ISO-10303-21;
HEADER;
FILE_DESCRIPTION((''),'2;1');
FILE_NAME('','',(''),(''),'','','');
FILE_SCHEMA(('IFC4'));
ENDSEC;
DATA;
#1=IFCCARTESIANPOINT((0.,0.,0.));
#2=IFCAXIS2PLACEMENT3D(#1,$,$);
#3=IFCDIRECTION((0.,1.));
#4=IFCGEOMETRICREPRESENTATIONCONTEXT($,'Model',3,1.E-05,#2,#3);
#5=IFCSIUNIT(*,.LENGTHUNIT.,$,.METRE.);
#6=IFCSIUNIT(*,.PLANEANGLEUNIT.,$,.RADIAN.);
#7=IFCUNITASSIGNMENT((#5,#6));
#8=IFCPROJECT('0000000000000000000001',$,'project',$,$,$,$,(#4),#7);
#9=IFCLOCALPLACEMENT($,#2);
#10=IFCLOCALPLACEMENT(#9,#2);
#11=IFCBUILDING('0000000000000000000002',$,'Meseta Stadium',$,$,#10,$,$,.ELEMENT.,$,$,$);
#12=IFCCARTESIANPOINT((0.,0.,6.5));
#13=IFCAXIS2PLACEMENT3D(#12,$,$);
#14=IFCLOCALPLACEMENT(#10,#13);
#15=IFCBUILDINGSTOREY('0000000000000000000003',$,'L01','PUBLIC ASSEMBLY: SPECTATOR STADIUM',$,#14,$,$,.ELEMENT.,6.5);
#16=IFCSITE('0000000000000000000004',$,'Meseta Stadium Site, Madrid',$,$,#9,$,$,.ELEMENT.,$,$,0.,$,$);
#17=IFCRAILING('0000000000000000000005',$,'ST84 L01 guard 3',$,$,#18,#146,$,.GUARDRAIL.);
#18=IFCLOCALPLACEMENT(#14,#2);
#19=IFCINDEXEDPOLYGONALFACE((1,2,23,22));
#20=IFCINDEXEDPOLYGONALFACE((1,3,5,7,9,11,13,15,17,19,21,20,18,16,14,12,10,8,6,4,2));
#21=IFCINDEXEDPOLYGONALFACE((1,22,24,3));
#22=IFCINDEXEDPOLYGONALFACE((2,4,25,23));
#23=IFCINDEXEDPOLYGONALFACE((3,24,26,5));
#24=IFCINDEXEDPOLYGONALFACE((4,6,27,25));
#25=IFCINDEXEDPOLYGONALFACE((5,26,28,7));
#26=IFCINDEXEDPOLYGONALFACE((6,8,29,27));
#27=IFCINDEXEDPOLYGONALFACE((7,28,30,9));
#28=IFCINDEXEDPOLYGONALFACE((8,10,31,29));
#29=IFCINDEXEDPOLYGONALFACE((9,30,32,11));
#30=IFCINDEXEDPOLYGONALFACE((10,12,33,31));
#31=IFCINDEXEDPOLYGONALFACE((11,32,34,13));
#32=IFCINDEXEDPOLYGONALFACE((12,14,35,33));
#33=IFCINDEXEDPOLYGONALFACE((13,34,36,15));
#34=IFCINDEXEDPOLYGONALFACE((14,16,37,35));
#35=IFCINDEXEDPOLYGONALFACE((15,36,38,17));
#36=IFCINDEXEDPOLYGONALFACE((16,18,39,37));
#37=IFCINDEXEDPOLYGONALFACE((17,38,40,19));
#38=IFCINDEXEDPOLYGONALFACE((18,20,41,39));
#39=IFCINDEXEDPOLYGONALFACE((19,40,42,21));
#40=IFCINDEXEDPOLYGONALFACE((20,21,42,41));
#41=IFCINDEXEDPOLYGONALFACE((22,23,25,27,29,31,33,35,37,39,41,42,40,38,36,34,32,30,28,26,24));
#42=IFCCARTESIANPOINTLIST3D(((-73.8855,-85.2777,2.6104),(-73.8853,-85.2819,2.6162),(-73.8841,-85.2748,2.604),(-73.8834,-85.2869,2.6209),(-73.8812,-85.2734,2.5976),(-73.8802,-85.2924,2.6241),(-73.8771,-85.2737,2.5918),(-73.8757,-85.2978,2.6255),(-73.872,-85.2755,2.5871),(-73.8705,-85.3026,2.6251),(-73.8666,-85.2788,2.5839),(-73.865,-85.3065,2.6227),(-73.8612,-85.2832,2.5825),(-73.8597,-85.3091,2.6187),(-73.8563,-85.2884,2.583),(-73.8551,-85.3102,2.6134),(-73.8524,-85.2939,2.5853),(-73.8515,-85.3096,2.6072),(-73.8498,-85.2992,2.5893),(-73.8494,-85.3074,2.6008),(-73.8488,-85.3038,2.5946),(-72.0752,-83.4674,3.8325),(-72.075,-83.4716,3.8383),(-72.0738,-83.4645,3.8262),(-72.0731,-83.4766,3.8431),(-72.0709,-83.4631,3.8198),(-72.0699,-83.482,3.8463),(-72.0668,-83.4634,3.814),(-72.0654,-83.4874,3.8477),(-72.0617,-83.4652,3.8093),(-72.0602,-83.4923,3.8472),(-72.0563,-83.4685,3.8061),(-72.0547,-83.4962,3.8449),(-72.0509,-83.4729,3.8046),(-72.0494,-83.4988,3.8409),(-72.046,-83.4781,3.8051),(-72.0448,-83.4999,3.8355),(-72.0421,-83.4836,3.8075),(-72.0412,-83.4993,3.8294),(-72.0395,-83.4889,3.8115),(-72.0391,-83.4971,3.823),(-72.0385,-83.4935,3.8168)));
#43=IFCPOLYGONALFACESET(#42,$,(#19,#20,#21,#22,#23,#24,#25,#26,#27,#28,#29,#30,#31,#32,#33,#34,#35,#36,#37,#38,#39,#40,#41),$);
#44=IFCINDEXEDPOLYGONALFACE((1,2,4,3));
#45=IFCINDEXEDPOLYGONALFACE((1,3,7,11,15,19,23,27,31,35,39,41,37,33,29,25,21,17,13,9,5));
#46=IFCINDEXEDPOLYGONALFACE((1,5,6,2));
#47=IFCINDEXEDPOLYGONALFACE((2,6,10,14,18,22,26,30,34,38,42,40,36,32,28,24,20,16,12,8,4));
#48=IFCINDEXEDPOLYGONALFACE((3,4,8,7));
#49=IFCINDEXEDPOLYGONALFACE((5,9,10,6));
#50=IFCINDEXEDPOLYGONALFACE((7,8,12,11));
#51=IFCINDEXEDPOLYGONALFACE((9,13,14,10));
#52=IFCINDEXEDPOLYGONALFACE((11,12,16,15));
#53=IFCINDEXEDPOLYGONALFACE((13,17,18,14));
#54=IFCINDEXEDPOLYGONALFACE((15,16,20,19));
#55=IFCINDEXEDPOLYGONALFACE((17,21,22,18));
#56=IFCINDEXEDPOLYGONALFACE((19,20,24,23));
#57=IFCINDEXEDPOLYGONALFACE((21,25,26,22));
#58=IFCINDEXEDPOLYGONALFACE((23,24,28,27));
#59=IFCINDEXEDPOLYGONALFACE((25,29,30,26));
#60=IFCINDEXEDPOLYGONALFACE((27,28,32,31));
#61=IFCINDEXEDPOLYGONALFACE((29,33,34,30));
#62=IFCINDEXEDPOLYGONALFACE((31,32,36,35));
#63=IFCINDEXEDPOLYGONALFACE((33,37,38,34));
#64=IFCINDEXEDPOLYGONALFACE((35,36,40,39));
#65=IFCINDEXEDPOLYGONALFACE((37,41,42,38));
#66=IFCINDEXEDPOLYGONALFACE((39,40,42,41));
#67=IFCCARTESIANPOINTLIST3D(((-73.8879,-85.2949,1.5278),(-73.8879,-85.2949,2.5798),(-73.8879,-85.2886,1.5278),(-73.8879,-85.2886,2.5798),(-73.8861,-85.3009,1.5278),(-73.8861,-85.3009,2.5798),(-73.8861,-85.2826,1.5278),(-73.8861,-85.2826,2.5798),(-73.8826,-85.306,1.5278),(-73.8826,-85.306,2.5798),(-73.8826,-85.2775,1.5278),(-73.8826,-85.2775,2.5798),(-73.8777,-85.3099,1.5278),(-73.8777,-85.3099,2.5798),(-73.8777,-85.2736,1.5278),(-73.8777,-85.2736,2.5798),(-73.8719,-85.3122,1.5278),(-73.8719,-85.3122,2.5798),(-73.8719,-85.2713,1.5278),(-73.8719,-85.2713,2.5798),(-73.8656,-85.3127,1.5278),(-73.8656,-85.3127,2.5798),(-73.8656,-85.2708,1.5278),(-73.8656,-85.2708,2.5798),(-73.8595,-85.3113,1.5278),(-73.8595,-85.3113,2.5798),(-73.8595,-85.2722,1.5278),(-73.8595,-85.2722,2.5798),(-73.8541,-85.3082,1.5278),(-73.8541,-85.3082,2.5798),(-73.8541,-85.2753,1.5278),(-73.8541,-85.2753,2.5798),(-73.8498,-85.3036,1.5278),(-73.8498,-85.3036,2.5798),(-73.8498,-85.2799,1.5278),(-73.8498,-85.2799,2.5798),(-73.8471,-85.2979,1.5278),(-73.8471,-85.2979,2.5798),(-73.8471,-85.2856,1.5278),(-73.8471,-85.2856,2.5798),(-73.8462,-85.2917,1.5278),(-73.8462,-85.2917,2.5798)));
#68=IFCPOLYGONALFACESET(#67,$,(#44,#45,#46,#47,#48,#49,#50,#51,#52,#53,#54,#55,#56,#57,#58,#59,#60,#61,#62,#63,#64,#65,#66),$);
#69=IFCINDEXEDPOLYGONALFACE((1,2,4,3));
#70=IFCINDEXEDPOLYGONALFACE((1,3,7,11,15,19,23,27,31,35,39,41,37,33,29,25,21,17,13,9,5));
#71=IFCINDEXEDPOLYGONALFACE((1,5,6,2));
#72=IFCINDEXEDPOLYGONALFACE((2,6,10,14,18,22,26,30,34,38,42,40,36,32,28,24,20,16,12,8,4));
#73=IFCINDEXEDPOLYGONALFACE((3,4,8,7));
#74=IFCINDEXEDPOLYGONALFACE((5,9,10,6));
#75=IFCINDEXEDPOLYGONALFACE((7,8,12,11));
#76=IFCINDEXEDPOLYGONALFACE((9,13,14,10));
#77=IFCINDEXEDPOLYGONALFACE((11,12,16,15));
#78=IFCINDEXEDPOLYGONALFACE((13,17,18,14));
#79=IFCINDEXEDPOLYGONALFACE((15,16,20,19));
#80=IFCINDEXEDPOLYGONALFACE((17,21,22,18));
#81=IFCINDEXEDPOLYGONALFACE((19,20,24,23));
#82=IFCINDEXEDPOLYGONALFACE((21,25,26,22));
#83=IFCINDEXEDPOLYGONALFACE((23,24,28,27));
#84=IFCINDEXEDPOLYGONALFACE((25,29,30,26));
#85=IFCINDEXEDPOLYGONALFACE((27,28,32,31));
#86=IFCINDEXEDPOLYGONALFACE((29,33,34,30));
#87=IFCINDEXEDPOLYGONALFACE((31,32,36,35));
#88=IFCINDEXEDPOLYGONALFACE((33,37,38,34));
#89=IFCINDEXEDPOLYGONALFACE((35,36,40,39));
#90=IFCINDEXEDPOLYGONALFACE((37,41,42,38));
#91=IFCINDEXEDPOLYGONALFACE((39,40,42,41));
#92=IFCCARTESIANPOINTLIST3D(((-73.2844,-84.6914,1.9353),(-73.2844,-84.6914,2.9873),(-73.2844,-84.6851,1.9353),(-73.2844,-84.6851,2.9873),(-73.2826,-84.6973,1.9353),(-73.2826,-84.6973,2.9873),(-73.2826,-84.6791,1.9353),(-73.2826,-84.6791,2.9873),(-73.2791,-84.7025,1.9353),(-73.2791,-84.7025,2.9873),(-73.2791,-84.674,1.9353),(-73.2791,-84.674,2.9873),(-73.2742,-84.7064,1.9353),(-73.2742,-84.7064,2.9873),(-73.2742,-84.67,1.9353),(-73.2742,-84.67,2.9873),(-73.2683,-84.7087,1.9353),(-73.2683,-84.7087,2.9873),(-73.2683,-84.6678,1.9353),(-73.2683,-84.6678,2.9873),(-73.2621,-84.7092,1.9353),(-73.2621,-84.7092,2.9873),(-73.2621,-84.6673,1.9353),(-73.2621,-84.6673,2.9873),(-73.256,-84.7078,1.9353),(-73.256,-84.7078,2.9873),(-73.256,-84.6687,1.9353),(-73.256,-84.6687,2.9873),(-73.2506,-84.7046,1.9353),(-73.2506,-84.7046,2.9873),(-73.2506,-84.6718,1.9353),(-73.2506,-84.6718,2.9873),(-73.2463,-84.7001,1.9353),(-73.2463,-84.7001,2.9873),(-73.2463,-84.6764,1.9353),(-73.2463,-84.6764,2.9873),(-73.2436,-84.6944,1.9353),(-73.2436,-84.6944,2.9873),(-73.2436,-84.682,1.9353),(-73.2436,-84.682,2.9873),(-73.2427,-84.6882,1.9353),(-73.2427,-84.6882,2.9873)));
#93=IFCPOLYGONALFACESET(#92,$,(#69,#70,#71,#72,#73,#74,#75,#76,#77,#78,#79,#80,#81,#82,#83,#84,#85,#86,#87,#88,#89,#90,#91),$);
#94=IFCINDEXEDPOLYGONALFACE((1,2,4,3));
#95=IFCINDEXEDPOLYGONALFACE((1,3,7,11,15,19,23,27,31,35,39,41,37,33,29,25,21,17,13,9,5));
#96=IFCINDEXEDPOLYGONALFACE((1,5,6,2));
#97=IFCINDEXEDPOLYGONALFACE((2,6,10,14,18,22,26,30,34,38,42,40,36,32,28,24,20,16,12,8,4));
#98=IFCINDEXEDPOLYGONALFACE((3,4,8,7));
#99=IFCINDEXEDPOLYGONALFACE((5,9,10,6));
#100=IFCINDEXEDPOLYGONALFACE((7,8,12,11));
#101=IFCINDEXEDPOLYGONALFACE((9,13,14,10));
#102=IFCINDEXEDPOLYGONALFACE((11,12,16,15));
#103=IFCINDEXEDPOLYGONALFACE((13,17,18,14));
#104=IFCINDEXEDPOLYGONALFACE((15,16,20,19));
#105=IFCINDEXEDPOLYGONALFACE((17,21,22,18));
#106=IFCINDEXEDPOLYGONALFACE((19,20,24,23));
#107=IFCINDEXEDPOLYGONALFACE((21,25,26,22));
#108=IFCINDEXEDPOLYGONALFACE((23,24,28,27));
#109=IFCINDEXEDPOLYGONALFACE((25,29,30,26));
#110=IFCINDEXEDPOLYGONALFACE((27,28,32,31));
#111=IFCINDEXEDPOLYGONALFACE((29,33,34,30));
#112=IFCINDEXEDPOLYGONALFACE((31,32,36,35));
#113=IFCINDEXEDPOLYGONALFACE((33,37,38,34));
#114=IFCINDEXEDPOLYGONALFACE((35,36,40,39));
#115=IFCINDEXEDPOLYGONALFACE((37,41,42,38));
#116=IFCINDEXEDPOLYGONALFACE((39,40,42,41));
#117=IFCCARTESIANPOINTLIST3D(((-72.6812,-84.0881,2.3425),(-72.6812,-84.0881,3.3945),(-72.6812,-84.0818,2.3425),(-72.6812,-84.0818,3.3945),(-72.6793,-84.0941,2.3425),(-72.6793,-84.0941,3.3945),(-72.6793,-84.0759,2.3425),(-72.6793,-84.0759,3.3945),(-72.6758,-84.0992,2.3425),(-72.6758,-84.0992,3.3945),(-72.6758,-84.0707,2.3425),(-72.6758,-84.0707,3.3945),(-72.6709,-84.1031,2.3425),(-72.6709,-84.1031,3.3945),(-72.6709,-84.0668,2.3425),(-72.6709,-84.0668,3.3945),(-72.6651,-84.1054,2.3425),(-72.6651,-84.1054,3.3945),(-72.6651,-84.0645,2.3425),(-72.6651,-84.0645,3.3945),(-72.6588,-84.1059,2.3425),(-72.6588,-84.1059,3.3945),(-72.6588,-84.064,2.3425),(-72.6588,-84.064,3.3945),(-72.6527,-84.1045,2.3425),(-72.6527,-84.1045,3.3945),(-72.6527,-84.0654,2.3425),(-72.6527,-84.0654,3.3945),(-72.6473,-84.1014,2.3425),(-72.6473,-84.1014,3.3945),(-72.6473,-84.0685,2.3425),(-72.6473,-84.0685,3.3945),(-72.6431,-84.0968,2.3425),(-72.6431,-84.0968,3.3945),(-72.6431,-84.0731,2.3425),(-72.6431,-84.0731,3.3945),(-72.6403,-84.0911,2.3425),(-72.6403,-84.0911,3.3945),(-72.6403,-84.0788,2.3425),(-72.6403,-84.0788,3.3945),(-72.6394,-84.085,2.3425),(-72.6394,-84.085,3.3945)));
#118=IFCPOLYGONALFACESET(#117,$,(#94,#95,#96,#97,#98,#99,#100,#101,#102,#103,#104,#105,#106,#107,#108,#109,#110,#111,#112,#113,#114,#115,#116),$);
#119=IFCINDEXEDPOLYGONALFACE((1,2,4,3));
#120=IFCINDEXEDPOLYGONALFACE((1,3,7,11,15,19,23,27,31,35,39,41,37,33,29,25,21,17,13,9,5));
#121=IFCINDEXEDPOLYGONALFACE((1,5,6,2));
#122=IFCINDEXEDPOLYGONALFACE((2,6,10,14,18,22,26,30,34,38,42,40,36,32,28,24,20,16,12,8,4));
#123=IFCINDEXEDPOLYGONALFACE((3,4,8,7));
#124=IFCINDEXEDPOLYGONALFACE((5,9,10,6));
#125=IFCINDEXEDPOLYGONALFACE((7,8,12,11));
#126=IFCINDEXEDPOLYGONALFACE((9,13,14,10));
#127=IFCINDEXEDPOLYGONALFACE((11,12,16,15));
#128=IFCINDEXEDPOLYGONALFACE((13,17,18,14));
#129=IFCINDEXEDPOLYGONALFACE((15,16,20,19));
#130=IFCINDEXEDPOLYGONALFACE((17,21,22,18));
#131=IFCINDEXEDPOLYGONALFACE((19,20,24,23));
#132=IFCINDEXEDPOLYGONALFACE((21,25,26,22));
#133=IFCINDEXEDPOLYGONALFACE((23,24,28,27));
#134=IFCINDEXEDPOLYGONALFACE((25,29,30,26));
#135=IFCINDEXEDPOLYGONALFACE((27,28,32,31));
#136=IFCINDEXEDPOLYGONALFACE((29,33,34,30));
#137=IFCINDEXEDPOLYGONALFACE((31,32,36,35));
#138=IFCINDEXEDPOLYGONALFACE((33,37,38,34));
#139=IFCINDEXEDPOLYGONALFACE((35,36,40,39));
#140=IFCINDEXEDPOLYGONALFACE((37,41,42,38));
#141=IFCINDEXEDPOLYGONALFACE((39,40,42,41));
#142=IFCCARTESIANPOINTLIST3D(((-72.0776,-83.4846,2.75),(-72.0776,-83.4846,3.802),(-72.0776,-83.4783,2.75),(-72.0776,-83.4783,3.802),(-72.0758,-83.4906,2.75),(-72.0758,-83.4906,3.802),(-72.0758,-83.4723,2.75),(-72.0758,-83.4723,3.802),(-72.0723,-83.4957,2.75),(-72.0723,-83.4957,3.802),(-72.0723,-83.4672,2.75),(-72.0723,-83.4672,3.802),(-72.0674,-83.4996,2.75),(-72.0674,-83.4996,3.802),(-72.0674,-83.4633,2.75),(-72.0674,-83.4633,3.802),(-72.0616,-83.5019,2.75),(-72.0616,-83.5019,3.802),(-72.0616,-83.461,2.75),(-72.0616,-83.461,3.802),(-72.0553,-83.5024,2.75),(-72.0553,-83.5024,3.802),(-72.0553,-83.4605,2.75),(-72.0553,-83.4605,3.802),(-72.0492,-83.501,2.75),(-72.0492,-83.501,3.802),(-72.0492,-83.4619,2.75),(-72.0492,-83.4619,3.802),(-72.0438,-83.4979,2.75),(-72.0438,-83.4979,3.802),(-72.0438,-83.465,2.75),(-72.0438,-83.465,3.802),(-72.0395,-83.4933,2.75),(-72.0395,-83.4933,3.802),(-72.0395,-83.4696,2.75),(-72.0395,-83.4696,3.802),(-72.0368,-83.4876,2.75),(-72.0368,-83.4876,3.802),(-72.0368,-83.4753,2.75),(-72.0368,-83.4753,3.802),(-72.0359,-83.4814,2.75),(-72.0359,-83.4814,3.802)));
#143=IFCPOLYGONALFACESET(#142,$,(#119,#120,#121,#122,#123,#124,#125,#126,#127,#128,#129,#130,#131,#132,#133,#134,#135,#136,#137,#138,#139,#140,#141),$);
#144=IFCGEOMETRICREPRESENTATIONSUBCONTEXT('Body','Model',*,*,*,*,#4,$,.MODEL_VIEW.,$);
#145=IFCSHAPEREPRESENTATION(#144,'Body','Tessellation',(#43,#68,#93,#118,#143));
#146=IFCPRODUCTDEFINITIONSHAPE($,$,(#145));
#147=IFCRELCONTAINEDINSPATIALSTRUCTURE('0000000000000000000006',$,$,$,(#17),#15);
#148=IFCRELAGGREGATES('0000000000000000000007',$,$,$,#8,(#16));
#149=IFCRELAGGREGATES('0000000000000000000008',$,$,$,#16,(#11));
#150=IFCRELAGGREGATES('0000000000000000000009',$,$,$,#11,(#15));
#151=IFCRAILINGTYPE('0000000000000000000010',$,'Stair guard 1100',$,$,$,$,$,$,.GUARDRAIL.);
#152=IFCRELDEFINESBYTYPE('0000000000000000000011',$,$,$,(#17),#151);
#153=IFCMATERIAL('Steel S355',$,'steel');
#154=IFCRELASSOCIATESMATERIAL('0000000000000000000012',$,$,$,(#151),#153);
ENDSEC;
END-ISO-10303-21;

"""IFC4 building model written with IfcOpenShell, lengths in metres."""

from ifc_helpers import new_model, si_unit, direction, frame, origin, origin_2d, place, context, subcontext, project, spatial, circle, extrude, material, type_object, element, save


model = new_model("IFC4")

# Units and contexts
model_context = context("Model", 3, precision=1e-05, world=origin(), true_north=direction((0.0, 1.0)))
body_context = subcontext(model_context, "Body", "Model", "MODEL_VIEW")
ifc_project = project(units=[si_unit("LENGTHUNIT", "METRE"), si_unit("PLANEANGLEUNIT", "RADIAN")], contexts=[model_context])

# Site, building, storey
site_placement = place(None, origin())
site = spatial("IfcSite", under=ifc_project, at=site_placement, Name="Meseta Stadium Site, Madrid", CompositionType="ELEMENT", RefElevation=0.0)
building_placement = place(site_placement, origin())
building = spatial("IfcBuilding", under=site, at=building_placement, Name="Meseta Stadium", CompositionType="ELEMENT")
storey_placement = place(building_placement, frame((0.0, 0.0, 6.5)))
storey = spatial("IfcBuildingStorey", under=building, at=storey_placement, Name="L01", Description="PUBLIC ASSEMBLY: SPECTATOR STADIUM", CompositionType="ELEMENT", Elevation=6.5)

# Railing
ifc_material_1 = material(Name="Steel S355", Category="steel")
railing_type_1 = type_object("IfcRailingType", Name="Stair guard 1100", PredefinedType="GUARDRAIL", material=ifc_material_1)
railing_1_placement = place(storey_placement, frame((-73.8672, -85.2917, 1.5278)))
element("IfcRailing", 1, at=railing_1_placement, inside=storey, type_object=railing_type_1, Name="ST84 L01 guard 3", PredefinedType="GUARDRAIL", context=body_context, shape_type="SweptSolid", body=[
    extrude(circle(Radius=0.0239, at=origin_2d()), frame((0.0, 0.0, 1.0762), z_axis=(0.638124, 0.638124, 0.430809), x_axis=(-0.707107, 0.707107, 0.0)), (0.0, 0.0, 1.0), 2.8369),
    extrude(circle(Radius=0.021, at=origin_2d()), origin(), (0.0, 0.0, 1.0), 1.052),
    extrude(circle(Radius=0.021, at=origin_2d()), frame((0.6035, 0.6035, 0.4075)), (0.0, 0.0, 1.0), 1.052),
    extrude(circle(Radius=0.021, at=origin_2d()), frame((1.2068, 1.2068, 0.8147)), (0.0, 0.0, 1.0), 1.052),
    extrude(circle(Radius=0.021, at=origin_2d()), frame((1.8103, 1.8103, 1.2222)), (0.0, 0.0, 1.0), 1.052),
])

save(model, "model.ifc")
